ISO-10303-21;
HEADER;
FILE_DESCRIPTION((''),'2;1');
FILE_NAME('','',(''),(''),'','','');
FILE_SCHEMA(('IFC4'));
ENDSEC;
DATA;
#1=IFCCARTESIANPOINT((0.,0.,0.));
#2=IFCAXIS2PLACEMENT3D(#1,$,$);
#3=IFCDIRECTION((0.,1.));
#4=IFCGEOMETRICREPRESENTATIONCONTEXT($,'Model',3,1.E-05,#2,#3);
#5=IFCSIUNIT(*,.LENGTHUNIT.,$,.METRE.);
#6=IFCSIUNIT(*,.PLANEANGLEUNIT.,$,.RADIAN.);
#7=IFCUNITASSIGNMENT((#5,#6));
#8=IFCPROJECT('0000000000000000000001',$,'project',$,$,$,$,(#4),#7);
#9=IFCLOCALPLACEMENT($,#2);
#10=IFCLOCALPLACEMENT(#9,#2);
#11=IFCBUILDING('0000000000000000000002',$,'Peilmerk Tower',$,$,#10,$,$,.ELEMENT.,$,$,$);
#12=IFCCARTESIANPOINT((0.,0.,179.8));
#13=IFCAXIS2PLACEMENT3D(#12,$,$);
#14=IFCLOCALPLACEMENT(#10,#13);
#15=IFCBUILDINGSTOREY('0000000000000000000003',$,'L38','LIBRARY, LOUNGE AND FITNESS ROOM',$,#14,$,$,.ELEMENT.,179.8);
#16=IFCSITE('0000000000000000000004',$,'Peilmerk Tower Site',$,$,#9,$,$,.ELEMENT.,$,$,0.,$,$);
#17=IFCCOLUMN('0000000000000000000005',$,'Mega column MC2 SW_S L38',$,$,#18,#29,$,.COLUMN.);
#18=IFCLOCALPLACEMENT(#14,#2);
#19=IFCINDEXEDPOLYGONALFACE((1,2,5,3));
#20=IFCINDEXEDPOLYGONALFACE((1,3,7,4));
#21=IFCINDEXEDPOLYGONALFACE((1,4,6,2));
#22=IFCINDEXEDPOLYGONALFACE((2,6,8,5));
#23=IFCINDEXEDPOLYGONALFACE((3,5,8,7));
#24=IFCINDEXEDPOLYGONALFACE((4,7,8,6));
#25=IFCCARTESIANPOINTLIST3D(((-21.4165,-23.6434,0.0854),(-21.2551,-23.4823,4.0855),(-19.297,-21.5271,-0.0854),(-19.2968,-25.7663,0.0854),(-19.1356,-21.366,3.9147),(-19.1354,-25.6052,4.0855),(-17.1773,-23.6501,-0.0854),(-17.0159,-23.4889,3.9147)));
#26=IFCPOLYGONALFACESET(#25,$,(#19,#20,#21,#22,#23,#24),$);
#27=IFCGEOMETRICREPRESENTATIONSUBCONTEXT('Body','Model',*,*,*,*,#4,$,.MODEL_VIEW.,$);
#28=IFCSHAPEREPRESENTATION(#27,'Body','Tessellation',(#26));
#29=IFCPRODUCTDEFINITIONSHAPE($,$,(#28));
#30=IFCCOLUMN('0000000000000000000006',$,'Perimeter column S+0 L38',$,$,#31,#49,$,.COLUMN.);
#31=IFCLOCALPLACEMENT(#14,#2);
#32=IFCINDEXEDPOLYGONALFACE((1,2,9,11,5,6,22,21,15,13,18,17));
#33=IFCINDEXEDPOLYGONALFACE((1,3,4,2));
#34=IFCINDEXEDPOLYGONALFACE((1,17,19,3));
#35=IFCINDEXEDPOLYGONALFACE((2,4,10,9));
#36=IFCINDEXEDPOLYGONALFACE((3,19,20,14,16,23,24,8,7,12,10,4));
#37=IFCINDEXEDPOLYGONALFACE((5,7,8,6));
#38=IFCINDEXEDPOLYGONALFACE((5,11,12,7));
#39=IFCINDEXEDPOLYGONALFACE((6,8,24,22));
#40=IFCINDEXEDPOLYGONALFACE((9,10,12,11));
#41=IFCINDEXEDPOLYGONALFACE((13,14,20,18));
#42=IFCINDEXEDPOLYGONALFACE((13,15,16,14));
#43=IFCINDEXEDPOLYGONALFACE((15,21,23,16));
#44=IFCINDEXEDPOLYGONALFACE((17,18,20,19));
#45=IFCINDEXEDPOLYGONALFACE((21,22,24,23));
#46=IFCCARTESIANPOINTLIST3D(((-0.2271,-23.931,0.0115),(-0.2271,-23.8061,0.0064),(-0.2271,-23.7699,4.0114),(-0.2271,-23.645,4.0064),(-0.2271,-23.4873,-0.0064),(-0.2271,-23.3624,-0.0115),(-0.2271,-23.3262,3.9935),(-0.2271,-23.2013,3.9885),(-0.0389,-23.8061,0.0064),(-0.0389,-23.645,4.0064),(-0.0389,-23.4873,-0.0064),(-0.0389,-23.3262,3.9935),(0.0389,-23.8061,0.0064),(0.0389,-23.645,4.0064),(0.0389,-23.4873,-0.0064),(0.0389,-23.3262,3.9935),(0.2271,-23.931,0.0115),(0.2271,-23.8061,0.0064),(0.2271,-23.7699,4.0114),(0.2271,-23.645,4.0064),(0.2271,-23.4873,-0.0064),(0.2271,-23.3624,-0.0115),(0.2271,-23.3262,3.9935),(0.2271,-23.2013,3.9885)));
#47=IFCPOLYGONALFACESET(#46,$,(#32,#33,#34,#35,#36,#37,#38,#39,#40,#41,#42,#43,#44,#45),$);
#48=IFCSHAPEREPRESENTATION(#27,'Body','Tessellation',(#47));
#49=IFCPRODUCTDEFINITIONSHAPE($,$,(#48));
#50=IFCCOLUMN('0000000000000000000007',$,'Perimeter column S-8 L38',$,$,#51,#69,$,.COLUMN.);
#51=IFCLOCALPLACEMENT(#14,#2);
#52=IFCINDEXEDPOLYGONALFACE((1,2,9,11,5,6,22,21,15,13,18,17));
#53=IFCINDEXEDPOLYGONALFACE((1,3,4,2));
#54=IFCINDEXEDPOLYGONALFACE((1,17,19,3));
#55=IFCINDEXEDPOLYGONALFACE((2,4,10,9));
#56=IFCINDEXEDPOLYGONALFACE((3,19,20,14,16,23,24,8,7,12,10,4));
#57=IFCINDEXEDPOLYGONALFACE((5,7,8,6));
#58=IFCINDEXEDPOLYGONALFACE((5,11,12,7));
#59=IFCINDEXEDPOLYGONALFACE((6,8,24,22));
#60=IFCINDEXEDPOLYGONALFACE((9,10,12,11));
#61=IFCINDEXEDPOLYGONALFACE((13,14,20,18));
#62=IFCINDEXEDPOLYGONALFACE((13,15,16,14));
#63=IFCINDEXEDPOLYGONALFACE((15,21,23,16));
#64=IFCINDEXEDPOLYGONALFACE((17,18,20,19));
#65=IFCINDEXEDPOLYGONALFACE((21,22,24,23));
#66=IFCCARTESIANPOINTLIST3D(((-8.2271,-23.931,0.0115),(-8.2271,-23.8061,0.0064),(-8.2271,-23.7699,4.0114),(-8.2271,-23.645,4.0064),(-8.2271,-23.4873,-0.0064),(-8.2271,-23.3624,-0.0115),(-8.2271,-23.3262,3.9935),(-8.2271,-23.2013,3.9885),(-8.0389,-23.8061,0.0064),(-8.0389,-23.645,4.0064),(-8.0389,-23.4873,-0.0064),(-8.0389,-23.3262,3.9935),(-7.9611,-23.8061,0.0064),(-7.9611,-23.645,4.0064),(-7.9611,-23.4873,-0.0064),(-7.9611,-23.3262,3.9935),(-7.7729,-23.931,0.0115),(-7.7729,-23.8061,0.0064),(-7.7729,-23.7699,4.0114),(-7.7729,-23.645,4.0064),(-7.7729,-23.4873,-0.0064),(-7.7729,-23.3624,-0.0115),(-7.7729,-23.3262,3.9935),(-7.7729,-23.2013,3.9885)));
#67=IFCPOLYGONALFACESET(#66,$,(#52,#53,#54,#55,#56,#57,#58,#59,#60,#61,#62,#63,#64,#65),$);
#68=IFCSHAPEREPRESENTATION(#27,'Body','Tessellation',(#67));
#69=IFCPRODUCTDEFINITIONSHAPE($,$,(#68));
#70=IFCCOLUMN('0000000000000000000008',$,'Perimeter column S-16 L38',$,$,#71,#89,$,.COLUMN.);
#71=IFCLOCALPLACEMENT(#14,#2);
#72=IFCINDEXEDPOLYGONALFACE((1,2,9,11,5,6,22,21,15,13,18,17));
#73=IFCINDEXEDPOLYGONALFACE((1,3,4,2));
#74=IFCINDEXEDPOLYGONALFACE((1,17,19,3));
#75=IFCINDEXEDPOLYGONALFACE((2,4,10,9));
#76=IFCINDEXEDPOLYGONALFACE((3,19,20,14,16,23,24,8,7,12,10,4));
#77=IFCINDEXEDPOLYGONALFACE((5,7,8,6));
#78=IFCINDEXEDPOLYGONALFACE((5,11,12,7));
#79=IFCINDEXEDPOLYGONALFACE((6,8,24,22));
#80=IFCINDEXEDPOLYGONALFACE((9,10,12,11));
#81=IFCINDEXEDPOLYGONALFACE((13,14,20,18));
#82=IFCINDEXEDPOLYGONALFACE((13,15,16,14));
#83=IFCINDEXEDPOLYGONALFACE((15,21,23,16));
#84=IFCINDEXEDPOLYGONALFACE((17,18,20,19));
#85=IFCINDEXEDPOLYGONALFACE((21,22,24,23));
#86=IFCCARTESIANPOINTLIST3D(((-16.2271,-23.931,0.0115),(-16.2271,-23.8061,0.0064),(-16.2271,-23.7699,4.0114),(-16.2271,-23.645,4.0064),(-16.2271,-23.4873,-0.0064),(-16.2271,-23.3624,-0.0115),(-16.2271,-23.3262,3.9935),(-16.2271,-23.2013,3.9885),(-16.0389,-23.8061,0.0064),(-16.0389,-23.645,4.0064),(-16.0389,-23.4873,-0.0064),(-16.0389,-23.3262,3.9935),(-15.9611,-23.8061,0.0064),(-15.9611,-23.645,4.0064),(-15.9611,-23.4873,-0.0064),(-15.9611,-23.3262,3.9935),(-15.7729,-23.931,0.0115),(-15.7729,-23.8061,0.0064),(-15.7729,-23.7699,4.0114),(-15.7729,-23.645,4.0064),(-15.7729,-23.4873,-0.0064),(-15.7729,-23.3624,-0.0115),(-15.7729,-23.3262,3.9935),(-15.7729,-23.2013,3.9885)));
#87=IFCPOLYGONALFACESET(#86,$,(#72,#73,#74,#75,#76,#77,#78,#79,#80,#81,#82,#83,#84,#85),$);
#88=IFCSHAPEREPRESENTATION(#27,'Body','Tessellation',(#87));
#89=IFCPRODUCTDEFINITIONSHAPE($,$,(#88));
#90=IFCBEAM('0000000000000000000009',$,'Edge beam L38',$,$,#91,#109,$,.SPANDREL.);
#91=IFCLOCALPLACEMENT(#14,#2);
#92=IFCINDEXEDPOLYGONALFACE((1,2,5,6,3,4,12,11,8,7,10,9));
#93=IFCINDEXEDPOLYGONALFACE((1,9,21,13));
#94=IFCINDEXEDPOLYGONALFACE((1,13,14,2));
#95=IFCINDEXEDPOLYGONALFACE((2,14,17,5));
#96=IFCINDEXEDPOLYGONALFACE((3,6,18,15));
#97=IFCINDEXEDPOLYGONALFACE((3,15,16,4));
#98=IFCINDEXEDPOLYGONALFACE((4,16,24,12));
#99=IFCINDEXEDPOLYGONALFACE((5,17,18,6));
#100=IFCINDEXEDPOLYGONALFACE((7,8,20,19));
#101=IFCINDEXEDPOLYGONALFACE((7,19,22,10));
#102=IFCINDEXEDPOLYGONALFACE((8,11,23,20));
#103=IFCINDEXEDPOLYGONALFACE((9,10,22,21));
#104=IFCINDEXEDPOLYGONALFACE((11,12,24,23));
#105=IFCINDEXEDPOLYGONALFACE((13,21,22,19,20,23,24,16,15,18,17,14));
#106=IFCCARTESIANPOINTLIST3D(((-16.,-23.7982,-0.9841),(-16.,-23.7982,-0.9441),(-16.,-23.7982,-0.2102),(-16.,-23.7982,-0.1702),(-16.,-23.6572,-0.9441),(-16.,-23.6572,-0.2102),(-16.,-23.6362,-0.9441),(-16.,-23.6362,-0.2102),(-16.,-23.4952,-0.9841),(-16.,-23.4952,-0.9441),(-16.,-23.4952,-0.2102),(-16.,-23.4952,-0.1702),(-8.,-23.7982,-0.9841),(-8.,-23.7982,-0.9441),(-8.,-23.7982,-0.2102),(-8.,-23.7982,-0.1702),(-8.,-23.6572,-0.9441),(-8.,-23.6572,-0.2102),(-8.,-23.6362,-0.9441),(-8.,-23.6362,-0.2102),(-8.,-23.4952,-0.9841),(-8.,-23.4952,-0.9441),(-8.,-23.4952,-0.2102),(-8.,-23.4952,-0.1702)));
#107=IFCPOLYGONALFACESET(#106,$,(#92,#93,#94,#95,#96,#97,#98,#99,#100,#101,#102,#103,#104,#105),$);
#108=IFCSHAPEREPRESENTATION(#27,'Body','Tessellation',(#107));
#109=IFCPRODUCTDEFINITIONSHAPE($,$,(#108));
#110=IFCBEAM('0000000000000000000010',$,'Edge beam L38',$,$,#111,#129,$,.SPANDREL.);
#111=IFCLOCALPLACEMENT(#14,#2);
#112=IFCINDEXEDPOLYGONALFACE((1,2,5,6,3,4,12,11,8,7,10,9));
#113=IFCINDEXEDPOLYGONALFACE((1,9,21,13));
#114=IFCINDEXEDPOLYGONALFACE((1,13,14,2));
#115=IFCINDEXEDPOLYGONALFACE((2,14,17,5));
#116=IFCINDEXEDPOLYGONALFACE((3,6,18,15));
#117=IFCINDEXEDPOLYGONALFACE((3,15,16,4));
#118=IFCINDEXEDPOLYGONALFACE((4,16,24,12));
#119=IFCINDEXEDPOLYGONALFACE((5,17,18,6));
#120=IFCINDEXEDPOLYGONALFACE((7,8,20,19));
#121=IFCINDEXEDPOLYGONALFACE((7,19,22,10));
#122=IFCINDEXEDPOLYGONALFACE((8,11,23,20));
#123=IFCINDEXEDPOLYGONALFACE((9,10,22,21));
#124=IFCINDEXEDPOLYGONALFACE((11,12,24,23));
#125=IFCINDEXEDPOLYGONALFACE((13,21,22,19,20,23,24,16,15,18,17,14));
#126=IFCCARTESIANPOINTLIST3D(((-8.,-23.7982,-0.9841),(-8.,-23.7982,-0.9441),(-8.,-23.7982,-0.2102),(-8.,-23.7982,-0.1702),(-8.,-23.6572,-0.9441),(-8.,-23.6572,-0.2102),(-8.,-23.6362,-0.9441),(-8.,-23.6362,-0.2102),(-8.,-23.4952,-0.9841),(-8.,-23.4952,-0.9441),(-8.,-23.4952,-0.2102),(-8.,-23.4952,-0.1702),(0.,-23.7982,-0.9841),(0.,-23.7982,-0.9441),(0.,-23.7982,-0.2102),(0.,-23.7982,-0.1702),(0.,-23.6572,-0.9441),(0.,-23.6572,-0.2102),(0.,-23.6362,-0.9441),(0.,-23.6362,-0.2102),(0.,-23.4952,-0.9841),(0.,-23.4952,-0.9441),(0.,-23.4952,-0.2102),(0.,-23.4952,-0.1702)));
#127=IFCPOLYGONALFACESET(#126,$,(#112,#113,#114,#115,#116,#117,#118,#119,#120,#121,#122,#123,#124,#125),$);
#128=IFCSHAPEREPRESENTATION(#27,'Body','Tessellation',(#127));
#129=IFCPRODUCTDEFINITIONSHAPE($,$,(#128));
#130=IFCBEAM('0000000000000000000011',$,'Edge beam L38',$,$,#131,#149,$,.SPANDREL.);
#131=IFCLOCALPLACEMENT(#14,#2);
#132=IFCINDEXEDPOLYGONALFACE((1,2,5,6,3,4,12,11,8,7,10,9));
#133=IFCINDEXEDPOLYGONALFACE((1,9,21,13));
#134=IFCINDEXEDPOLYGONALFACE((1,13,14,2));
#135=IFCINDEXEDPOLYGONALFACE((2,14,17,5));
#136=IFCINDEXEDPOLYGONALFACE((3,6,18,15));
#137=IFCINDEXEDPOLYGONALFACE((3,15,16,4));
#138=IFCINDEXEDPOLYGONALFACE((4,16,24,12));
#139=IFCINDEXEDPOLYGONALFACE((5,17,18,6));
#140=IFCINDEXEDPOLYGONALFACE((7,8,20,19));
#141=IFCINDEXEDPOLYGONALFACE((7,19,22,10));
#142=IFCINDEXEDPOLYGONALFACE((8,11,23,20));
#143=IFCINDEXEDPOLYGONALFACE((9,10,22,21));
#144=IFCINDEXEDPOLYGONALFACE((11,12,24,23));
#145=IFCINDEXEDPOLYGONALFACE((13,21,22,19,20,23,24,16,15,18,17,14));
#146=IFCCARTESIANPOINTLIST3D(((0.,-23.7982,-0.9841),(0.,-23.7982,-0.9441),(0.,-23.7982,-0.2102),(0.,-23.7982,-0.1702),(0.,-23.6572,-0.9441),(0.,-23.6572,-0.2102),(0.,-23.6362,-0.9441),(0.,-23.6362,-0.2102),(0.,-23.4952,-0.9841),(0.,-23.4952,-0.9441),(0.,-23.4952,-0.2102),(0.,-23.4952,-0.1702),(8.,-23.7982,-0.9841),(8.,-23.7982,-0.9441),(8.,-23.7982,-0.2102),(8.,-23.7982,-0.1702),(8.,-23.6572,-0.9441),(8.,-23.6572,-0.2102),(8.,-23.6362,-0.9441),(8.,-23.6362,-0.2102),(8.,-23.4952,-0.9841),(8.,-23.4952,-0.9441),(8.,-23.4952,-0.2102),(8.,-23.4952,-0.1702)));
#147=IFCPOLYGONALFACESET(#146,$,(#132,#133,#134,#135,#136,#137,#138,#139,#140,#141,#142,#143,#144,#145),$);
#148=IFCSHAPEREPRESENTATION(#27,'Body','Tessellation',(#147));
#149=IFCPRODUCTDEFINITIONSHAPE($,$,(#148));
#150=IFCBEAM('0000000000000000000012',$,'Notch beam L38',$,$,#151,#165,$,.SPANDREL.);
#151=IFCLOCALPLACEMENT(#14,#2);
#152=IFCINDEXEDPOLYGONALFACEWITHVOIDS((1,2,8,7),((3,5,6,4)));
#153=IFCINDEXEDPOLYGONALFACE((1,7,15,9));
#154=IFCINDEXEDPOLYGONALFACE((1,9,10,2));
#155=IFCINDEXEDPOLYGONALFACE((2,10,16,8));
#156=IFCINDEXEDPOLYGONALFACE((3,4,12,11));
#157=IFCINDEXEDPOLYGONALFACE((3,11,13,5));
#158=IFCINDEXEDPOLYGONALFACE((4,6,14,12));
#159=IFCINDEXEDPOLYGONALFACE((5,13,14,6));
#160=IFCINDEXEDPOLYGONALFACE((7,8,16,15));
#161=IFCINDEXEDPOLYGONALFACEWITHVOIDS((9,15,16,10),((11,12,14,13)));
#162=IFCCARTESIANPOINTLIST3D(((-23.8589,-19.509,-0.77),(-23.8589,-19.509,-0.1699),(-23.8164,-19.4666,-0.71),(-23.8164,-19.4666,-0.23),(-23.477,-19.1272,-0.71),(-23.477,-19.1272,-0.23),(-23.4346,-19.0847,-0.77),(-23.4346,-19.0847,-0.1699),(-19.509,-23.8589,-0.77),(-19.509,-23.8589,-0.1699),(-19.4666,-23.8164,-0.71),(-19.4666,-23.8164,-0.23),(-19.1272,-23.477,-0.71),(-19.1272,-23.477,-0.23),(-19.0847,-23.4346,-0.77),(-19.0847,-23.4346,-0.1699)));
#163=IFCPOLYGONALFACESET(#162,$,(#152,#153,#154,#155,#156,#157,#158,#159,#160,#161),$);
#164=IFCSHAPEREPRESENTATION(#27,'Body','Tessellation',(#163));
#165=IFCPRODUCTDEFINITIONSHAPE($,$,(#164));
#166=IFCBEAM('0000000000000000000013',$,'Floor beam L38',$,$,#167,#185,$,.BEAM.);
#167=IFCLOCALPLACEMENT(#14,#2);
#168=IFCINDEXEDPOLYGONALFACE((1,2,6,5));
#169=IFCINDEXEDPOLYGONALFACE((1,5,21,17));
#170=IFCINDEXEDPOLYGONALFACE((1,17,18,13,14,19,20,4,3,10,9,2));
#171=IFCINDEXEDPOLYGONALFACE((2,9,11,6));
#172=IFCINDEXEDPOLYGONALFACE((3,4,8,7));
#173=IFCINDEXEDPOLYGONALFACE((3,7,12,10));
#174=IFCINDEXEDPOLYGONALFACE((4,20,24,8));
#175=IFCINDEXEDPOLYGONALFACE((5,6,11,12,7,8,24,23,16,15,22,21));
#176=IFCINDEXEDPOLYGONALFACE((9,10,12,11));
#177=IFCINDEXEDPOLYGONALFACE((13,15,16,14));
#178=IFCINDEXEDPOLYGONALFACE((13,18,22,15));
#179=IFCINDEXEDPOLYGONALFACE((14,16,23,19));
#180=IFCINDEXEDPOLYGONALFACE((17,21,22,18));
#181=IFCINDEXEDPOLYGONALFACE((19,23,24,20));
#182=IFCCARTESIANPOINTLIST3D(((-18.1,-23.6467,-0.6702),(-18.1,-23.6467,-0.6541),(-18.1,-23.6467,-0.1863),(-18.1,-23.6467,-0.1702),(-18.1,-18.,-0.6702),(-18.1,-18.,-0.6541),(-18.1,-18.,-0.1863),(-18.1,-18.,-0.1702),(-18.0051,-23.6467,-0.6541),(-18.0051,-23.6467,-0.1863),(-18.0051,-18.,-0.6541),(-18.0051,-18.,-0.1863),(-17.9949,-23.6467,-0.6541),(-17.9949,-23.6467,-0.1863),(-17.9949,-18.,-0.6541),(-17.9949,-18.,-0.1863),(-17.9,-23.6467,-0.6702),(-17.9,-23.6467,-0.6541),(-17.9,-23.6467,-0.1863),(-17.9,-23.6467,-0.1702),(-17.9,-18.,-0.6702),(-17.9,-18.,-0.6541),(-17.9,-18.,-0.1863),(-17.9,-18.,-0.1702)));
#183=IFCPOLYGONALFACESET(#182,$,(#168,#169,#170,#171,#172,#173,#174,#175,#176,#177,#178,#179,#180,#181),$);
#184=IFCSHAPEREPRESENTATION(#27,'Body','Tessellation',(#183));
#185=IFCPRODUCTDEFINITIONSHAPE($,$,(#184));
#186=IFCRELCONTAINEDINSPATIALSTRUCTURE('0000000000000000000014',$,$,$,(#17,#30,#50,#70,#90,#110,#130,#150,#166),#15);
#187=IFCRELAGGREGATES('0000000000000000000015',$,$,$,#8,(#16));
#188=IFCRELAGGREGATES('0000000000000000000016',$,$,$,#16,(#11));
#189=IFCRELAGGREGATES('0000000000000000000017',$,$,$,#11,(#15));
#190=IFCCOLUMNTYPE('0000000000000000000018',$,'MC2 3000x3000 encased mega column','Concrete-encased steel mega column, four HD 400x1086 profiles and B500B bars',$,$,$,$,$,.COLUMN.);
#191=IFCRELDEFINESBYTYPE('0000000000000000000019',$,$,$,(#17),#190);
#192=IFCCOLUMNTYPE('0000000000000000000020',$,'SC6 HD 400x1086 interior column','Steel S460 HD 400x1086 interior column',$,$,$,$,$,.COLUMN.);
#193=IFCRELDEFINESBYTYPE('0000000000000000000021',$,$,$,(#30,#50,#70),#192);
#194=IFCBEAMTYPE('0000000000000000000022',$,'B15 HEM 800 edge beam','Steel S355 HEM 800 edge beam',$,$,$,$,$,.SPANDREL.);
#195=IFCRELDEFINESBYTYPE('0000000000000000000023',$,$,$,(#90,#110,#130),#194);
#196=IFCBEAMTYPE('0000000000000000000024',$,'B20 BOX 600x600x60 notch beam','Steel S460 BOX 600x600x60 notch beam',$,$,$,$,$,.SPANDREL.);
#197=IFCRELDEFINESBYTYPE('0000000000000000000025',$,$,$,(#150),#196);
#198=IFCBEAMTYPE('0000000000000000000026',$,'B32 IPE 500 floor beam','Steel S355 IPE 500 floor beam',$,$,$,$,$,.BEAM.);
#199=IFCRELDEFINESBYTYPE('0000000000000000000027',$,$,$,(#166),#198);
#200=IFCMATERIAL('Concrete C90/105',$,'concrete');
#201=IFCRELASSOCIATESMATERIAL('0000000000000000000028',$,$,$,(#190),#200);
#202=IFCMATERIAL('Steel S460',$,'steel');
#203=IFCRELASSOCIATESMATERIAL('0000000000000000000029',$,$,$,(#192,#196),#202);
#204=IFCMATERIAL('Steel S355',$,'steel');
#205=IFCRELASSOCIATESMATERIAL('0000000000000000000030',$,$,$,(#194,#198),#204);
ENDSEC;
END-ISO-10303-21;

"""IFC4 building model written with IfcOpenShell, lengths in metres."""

from ifc_helpers import new_model, si_unit, direction, frame, origin, origin_2d, place, context, subcontext, project, spatial, rectangle, hollow_rectangle, i_section, extrude, material, material_profile, profile_set, type_object, element, save


model = new_model("IFC4")

# Units and contexts
model_context = context("Model", 3, precision=1e-05, world=origin(), true_north=direction((0.0, 1.0)))
body_context = subcontext(model_context, "Body", "Model", "MODEL_VIEW")
ifc_project = project(units=[si_unit("LENGTHUNIT", "METRE"), si_unit("PLANEANGLEUNIT", "RADIAN")], contexts=[model_context])

# Site, building, storey
site_placement = place(None, origin())
site = spatial("IfcSite", under=ifc_project, at=site_placement, Name="Peilmerk Tower Site", CompositionType="ELEMENT", RefElevation=0.0)
building_placement = place(site_placement, origin())
building = spatial("IfcBuilding", under=site, at=building_placement, Name="Peilmerk Tower", CompositionType="ELEMENT")
storey_placement = place(building_placement, frame((0.0, 0.0, 179.8)))
storey = spatial("IfcBuildingStorey", under=building, at=storey_placement, Name="L38", Description="LIBRARY, LOUNGE AND FITNESS ROOM", CompositionType="ELEMENT", Elevation=179.8)

# Columns
ifc_material_1 = material(Name="Concrete C90/105", Category="concrete")
ifc_material_profile_1 = material_profile(ifc_material_1, rectangle(XDim=3.0, YDim=3.0, at=origin_2d()), Name="RC 3000x3000")
ifc_profile_set_1 = profile_set([ifc_material_profile_1], Name="Concrete C90/105")
column_type_1 = type_object("IfcColumnType", Name="MC2 3000x3000 encased mega column", Description="Concrete-encased steel mega column, four HD 400x1086 profiles and B500B bars", PredefinedType="COLUMN", material=ifc_profile_set_1)
column_placement = place(storey_placement, frame((-19.2969, -23.6467, 0.0), z_axis=(0.040279, 0.040218, 0.998379), x_axis=(-0.706571, 0.707642, 0.0)))
element("IfcColumn", 1, at=column_placement, inside=storey, type_object=column_type_1, Name="Mega column MC2 SW_S L38", PredefinedType="COLUMN", context=body_context, shape_type="SweptSolid", body=[
    extrude(rectangle(XDim=3.0, YDim=3.0, at=origin_2d()), origin(), (0.0, 0.0, 1.0), 4.0066),
])
ifc_material_2 = material(Name="Steel S460", Category="steel")
ifc_material_profile_2 = material_profile(ifc_material_2, i_section(OverallWidth=0.4541, OverallDepth=0.5691, WebThickness=0.0779, FlangeThickness=0.125, at=origin_2d()), Name="HD 400x1086")
ifc_profile_set_2 = profile_set([ifc_material_profile_2], Name="Steel S460")
column_type_2 = type_object("IfcColumnType", Name="SC6 HD 400x1086 interior column", Description="Steel S460 HD 400x1086 interior column", PredefinedType="COLUMN", material=ifc_profile_set_2)
for number, where, z_axis, x_axis, name in (
    (2, (0.0, -23.6467, 0.0), (0.0, 0.040251, 0.99919), (-1.0, 0.0, 0.0), "Perimeter column S+0 L38"),
    (3, (-8.0, -23.6467, 0.0), (0.0, 0.040251, 0.99919), (-1.0, 0.0, 0.0), "Perimeter column S-8 L38"),
    (4, (-16.0, -23.6467, 0.0), (0.0, 0.040251, 0.99919), (-1.0, 0.0, 0.0), "Perimeter column S-16 L38"),
):
    element("IfcColumn", number, at=place(storey_placement, frame(where, z_axis=z_axis, x_axis=x_axis)), inside=storey, type_object=column_type_2, Name=name, PredefinedType="COLUMN", context=body_context, shape_type="SweptSolid", body=[
        extrude(i_section(OverallWidth=0.4541, OverallDepth=0.5691, WebThickness=0.0779, FlangeThickness=0.125, at=origin_2d()), origin(), (0.0, 0.0, 1.0), 4.0032),
    ])

# Beams
ifc_material_3 = material(Name="Steel S355", Category="steel")
ifc_material_profile_3 = material_profile(ifc_material_3, i_section(OverallWidth=0.303, OverallDepth=0.814, WebThickness=0.021, FlangeThickness=0.04, at=origin_2d()), Name="HEM 800")
ifc_profile_set_3 = profile_set([ifc_material_profile_3], Name="Steel S355")
beam_type_1 = type_object("IfcBeamType", Name="B15 HEM 800 edge beam", Description="Steel S355 HEM 800 edge beam", PredefinedType="SPANDREL", material=ifc_profile_set_3)
for number, where, z_axis, x_axis, name in (
    (5, (-16.0, -23.6467, -0.5771), (1.0, 0.0, 0.0), (0.0, 1.0, 0.0), "Edge beam L38"),
    (6, (-8.0, -23.6467, -0.5771), (1.0, 0.0, 0.0), (0.0, 1.0, 0.0), "Edge beam L38"),
    (7, (0.0, -23.6467, -0.5771), (1.0, 0.0, 0.0), (0.0, 1.0, 0.0), "Edge beam L38"),
):
    element("IfcBeam", number, at=place(storey_placement, frame(where, z_axis=z_axis, x_axis=x_axis)), inside=storey, type_object=beam_type_1, Name=name, PredefinedType="SPANDREL", context=body_context, shape_type="SweptSolid", body=[
        extrude(i_section(OverallWidth=0.303, OverallDepth=0.814, WebThickness=0.021, FlangeThickness=0.04, at=origin_2d()), origin(), (0.0, 0.0, 1.0), 8.0),
    ])
ifc_material_profile_4 = material_profile(ifc_material_2, hollow_rectangle(XDim=0.6001, YDim=0.6001, WallThickness=0.0601, at=origin_2d()), Name="BOX 600x600x60")
ifc_profile_set_4 = profile_set([ifc_material_profile_4], Name="Steel S460")
beam_type_2 = type_object("IfcBeamType", Name="B20 BOX 600x600x60 notch beam", Description="Steel S460 BOX 600x600x60 notch beam", PredefinedType="SPANDREL", material=ifc_profile_set_4)
beam_1_placement = place(storey_placement, frame((-19.2969, -23.6467, -0.47), z_axis=(-0.707107, 0.707107, 0.0), x_axis=(-0.707107, -0.707107, 0.0)))
element("IfcBeam", 8, at=beam_1_placement, inside=storey, type_object=beam_type_2, Name="Notch beam L38", PredefinedType="SPANDREL", context=body_context, shape_type="SweptSolid", body=[
    extrude(hollow_rectangle(XDim=0.6001, YDim=0.6001, WallThickness=0.0601, at=origin_2d()), origin(), (0.0, 0.0, 1.0), 6.1516),
])
ifc_material_profile_5 = material_profile(ifc_material_3, i_section(OverallWidth=0.2, OverallDepth=0.5, WebThickness=0.0103, FlangeThickness=0.0161, at=origin_2d()), Name="IPE 500")
ifc_profile_set_5 = profile_set([ifc_material_profile_5], Name="Steel S355")
beam_type_3 = type_object("IfcBeamType", Name="B32 IPE 500 floor beam", Description="Steel S355 IPE 500 floor beam", PredefinedType="BEAM", material=ifc_profile_set_5)
for number, where, z_axis, x_axis, name in (
    (9, (-18.0, -18.0, -0.4202), (0.0, -1.0, 0.0), (1.0, 0.0, 0.0), "Floor beam L38"),
):
    element("IfcBeam", number, at=place(storey_placement, frame(where, z_axis=z_axis, x_axis=x_axis)), inside=storey, type_object=beam_type_3, Name=name, PredefinedType="BEAM", context=body_context, shape_type="SweptSolid", body=[
        extrude(i_section(OverallWidth=0.2, OverallDepth=0.5, WebThickness=0.0103, FlangeThickness=0.0161, at=origin_2d()), origin(), (0.0, 0.0, 1.0), 5.6467),
    ])

save(model, "model.ifc")
